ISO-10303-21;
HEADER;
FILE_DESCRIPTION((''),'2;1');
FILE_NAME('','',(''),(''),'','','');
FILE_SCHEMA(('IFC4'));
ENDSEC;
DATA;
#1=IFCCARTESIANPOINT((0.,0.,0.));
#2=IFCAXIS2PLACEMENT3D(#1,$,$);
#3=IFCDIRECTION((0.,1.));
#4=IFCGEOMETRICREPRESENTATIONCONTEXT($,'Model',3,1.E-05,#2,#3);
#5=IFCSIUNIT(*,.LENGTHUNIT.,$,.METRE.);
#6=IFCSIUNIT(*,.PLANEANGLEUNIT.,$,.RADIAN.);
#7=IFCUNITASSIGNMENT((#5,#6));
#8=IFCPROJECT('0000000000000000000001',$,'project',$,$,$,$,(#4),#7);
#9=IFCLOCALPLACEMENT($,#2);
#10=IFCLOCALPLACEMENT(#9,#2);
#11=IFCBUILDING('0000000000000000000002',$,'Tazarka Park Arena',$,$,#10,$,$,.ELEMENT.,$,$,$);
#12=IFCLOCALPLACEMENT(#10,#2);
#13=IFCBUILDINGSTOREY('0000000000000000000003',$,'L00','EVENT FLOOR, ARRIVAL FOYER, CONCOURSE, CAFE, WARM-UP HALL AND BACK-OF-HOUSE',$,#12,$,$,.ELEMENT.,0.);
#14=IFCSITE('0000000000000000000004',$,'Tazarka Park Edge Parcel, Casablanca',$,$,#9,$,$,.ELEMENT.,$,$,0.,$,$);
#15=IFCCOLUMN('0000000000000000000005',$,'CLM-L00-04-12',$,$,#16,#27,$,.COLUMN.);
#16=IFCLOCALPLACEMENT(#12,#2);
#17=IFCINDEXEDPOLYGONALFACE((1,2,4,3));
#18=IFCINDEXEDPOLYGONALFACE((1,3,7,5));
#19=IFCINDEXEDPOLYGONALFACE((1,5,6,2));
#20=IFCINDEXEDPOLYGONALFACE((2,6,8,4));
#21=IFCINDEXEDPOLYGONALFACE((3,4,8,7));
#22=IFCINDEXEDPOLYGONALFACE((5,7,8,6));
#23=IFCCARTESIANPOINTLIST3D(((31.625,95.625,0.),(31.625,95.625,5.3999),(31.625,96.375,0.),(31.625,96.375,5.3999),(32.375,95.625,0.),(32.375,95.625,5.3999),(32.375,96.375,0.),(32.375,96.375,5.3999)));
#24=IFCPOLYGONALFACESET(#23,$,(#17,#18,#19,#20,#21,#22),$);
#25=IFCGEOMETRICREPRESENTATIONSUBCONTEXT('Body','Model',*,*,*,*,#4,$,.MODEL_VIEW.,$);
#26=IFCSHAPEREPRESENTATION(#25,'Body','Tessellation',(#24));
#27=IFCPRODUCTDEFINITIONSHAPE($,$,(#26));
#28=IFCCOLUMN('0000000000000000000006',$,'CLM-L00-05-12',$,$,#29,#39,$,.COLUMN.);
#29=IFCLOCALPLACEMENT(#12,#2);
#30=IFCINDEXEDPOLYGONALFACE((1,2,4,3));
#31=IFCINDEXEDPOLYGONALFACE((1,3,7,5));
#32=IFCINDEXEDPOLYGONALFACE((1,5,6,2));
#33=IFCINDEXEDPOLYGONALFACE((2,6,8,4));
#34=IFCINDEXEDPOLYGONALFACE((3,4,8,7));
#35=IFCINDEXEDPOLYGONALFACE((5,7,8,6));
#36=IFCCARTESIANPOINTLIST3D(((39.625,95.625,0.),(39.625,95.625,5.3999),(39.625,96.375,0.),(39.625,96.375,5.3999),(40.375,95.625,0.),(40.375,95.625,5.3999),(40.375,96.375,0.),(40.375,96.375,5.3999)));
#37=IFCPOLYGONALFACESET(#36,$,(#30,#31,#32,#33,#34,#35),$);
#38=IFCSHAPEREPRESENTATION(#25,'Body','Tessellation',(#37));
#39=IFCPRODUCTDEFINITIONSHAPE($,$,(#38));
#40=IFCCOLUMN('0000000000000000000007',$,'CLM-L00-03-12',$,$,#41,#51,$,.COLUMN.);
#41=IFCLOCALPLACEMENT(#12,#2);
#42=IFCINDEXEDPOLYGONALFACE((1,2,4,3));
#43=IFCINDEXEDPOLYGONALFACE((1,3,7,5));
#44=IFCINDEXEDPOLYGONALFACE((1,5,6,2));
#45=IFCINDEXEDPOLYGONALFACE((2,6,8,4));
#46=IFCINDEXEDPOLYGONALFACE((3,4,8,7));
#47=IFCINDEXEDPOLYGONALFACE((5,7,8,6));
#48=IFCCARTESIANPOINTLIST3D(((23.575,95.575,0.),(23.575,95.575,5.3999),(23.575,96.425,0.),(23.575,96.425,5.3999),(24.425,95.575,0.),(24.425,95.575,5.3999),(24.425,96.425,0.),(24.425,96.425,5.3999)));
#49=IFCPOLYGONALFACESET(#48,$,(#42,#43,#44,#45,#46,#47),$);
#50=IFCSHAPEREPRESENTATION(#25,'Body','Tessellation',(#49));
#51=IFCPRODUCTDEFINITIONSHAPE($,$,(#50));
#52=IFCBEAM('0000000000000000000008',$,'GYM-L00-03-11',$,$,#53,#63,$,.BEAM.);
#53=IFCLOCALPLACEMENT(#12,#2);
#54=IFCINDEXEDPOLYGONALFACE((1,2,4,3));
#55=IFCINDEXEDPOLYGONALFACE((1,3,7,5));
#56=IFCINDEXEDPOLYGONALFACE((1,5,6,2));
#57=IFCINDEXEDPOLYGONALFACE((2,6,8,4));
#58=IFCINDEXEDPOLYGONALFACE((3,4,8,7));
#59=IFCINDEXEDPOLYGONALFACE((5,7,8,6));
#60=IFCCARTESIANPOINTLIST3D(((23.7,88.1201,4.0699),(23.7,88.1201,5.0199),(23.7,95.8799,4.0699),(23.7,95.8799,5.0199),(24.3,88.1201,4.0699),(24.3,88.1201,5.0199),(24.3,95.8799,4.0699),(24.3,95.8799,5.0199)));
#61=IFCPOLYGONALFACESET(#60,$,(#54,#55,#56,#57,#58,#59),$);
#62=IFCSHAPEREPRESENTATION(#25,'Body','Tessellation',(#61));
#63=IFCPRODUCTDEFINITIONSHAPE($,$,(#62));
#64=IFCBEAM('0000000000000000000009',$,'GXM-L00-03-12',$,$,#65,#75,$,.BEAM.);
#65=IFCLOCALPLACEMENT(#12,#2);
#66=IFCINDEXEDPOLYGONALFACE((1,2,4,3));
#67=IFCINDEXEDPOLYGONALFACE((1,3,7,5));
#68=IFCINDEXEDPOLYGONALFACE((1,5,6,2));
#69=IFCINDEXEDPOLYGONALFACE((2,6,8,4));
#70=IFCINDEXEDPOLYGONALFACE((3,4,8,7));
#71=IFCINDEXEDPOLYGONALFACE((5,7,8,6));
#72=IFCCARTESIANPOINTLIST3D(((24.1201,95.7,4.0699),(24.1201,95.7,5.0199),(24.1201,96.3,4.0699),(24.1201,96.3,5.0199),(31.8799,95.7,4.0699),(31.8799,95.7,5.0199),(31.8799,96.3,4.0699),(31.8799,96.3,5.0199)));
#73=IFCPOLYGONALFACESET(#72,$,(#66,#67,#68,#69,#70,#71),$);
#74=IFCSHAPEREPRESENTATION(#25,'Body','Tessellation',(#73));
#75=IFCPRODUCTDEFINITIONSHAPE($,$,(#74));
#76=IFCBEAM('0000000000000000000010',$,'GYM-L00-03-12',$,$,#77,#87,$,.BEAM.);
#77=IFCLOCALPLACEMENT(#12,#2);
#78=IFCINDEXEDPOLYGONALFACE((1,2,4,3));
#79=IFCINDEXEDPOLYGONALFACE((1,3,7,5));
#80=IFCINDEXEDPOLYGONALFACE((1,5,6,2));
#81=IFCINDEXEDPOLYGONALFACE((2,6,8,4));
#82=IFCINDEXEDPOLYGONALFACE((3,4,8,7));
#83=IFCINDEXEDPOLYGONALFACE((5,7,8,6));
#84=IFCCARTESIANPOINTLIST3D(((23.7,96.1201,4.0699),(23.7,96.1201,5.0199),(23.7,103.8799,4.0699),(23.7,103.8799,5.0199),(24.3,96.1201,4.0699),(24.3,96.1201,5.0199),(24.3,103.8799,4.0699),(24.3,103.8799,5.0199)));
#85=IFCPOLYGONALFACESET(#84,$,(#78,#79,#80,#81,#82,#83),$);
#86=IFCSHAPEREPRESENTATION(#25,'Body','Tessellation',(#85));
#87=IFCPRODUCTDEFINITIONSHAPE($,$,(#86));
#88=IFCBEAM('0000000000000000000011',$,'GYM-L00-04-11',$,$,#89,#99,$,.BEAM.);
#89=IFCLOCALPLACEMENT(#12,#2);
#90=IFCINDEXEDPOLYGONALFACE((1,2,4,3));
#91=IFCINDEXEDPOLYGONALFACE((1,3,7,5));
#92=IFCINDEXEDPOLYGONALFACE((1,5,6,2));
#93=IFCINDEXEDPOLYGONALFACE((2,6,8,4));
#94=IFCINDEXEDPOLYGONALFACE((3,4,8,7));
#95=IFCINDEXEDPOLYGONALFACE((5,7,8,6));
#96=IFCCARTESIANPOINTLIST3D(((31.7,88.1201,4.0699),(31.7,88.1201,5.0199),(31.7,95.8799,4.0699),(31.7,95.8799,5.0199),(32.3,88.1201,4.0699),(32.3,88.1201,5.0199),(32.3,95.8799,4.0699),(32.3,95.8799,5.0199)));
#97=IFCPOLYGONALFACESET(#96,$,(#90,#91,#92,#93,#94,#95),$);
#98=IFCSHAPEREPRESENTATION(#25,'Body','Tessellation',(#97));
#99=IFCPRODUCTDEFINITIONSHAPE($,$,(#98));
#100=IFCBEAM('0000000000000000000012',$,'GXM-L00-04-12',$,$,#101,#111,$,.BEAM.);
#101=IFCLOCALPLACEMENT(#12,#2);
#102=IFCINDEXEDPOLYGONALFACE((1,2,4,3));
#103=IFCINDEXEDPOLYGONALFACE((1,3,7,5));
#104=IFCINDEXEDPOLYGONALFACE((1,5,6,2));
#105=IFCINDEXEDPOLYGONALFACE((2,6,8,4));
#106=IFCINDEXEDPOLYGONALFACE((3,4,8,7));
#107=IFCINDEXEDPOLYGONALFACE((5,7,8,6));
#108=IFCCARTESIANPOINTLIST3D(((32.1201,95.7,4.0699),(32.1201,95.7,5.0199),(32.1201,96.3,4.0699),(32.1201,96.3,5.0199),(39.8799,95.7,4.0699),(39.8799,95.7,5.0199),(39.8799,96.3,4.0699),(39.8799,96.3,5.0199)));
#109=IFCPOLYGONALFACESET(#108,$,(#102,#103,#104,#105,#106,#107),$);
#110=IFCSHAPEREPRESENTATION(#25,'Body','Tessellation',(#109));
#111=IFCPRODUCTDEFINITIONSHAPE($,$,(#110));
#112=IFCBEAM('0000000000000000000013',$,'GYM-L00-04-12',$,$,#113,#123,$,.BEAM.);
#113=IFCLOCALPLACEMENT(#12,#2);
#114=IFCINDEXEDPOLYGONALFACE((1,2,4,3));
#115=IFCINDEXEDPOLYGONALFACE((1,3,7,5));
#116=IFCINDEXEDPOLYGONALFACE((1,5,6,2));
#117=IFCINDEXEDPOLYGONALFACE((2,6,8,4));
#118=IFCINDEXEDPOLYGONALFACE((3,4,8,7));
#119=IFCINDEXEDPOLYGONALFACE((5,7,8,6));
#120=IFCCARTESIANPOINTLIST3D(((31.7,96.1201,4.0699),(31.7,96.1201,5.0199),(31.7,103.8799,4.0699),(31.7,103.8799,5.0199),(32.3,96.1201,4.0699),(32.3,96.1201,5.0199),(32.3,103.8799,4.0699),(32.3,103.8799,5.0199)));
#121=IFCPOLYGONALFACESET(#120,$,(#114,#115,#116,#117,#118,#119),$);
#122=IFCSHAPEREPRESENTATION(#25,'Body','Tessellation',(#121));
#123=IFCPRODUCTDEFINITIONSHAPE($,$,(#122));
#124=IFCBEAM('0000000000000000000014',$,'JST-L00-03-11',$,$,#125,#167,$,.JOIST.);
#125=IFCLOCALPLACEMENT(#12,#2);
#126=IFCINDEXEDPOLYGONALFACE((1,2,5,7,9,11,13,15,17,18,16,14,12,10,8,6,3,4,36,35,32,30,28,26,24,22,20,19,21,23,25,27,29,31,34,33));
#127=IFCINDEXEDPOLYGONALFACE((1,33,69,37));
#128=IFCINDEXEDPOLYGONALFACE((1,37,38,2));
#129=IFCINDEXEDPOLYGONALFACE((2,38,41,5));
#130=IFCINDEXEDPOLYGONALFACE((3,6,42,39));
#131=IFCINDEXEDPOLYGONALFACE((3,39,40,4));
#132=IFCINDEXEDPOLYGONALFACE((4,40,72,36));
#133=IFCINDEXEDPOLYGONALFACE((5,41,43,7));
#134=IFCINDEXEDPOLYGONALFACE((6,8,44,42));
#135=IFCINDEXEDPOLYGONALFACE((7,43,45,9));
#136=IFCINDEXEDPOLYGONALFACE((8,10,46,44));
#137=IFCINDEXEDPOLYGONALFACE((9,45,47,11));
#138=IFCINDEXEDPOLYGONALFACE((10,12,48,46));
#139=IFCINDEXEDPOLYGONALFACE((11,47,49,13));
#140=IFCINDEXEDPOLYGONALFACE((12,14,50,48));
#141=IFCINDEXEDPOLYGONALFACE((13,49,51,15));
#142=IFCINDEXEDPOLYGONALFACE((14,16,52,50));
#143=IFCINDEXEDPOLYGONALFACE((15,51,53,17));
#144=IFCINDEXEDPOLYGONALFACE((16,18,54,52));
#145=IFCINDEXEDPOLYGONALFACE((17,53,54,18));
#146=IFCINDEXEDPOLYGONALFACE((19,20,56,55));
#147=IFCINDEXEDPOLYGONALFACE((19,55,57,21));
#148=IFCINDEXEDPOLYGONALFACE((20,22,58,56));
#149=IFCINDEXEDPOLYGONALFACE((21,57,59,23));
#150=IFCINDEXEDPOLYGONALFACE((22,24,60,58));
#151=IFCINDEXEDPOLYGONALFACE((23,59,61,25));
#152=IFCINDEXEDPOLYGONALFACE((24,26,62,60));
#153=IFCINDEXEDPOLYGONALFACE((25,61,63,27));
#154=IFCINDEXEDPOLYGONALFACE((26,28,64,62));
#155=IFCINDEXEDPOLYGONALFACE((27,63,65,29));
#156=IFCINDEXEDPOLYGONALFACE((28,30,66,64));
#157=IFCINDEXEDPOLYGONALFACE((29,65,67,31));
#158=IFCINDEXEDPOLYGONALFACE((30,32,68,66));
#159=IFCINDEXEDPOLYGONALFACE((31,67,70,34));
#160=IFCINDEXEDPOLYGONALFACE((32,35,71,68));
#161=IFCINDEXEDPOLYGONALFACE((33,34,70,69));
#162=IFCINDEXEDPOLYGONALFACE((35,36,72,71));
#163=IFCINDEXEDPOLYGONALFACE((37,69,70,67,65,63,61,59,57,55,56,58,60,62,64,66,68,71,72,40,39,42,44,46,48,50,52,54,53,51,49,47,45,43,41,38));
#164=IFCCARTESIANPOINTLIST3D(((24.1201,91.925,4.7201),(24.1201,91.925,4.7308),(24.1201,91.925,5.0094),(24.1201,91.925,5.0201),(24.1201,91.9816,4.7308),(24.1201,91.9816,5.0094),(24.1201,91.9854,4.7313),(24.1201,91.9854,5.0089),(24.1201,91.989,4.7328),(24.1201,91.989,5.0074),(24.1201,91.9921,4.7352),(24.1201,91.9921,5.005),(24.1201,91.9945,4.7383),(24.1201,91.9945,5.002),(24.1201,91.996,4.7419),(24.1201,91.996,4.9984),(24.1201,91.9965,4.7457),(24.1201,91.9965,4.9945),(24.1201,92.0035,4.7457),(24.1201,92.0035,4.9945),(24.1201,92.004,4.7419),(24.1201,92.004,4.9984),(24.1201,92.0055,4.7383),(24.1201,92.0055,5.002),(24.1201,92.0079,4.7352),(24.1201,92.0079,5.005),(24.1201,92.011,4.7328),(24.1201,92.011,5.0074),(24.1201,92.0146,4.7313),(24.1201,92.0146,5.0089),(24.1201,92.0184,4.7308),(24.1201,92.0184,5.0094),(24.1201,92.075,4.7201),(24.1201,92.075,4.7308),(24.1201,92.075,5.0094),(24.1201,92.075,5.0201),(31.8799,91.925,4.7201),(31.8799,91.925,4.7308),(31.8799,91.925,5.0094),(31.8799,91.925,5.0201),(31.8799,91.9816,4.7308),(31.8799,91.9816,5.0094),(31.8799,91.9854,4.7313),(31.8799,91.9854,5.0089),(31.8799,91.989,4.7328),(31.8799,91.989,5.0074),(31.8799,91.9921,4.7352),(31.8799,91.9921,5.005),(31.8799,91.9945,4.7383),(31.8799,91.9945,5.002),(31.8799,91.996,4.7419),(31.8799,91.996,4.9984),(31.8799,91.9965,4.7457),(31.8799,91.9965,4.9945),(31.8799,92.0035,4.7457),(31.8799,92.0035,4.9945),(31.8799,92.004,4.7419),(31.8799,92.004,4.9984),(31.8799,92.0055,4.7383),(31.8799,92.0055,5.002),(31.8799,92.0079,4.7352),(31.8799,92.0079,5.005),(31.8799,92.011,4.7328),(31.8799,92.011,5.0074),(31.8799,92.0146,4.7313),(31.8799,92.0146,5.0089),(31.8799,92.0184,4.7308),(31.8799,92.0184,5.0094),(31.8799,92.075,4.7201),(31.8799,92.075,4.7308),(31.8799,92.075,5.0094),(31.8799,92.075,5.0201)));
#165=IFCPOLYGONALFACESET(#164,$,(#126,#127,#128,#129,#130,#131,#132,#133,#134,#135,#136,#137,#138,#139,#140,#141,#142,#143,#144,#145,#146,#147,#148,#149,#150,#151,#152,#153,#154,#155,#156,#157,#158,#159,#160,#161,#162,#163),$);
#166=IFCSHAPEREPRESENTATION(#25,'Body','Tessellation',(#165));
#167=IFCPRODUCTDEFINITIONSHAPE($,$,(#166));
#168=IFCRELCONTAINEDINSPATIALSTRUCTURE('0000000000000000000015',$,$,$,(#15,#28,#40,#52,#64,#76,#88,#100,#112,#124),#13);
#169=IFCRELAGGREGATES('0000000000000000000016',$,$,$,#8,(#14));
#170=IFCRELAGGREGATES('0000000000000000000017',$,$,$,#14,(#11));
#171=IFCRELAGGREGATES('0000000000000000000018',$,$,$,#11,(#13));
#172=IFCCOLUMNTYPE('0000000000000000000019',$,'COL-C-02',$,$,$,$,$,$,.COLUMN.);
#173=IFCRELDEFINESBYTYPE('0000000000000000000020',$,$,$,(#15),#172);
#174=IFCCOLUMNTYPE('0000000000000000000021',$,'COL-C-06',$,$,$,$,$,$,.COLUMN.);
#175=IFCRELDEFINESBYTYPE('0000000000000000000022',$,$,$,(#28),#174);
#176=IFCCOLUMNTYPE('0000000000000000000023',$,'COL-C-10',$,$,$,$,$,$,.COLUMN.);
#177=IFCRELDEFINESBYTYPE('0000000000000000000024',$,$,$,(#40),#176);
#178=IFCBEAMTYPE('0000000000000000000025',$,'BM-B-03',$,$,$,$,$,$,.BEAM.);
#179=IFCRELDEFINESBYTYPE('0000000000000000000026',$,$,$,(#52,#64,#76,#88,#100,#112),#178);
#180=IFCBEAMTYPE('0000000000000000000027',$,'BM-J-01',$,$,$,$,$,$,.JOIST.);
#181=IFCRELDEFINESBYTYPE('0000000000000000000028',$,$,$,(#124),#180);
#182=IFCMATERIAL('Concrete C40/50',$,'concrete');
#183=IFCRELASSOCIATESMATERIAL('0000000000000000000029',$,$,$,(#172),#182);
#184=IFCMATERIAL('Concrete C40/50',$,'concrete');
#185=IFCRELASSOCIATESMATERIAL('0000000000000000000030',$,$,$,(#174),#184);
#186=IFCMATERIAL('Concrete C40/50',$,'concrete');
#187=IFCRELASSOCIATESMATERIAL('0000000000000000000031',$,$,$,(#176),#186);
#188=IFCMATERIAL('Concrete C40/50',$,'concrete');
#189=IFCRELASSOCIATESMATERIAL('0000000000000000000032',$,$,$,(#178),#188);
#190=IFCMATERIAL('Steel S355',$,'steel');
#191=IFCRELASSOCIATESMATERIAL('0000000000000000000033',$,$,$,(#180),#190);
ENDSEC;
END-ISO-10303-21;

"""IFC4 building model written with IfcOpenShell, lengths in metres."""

from ifc_helpers import new_model, si_unit, direction, frame, origin, origin_2d, place, context, subcontext, project, spatial, rectangle, i_section, extrude, material, material_profile, profile_set, type_object, element, save


model = new_model("IFC4")

# Units and contexts
model_context = context("Model", 3, precision=1e-05, world=origin(), true_north=direction((0.0, 1.0)))
body_context = subcontext(model_context, "Body", "Model", "MODEL_VIEW")
ifc_project = project(units=[si_unit("LENGTHUNIT", "METRE"), si_unit("PLANEANGLEUNIT", "RADIAN")], contexts=[model_context])

# Site, building, storey
site_placement = place(None, origin())
site = spatial("IfcSite", under=ifc_project, at=site_placement, Name="Tazarka Park Edge Parcel, Casablanca", CompositionType="ELEMENT", RefElevation=0.0)
building_placement = place(site_placement, origin())
building = spatial("IfcBuilding", under=site, at=building_placement, Name="Tazarka Park Arena", CompositionType="ELEMENT")
storey_placement = place(building_placement, origin())
storey = spatial("IfcBuildingStorey", under=building, at=storey_placement, Name="L00", Description="EVENT FLOOR, ARRIVAL FOYER, CONCOURSE, CAFE, WARM-UP HALL AND BACK-OF-HOUSE", CompositionType="ELEMENT", Elevation=0.0)

# Columns
ifc_material_1 = material(Name="Concrete C40/50", Category="concrete")
ifc_material_profile_1 = material_profile(ifc_material_1, rectangle(XDim=0.75, YDim=0.75, at=origin_2d()), Name="Concrete C40/50")
ifc_profile_set_1 = profile_set([ifc_material_profile_1], Name="Concrete C40/50")
column_type_1 = type_object("IfcColumnType", Name="COL-C-02", PredefinedType="COLUMN", material=ifc_profile_set_1)
column_1_placement = place(storey_placement, frame((32.0, 96.0, 0.0), z_axis=(0.0, 0.0, 1.0), x_axis=(1.0, 0.0, 0.0)))
element("IfcColumn", 1, at=column_1_placement, inside=storey, type_object=column_type_1, Name="CLM-L00-04-12", PredefinedType="COLUMN", context=body_context, shape_type="SweptSolid", body=[
    extrude(rectangle(XDim=0.75, YDim=0.75, at=origin_2d()), origin(), (0.0, 0.0, 1.0), 5.3999),
])
ifc_material_2 = material(Name="Concrete C40/50", Category="concrete")
ifc_material_profile_2 = material_profile(ifc_material_2, rectangle(XDim=0.75, YDim=0.75, at=origin_2d()), Name="Concrete C40/50")
ifc_profile_set_2 = profile_set([ifc_material_profile_2], Name="Concrete C40/50")
column_type_2 = type_object("IfcColumnType", Name="COL-C-06", PredefinedType="COLUMN", material=ifc_profile_set_2)
column_2_placement = place(storey_placement, frame((40.0, 96.0, 0.0), z_axis=(0.0, 0.0, 1.0), x_axis=(1.0, 0.0, 0.0)))
element("IfcColumn", 2, at=column_2_placement, inside=storey, type_object=column_type_2, Name="CLM-L00-05-12", PredefinedType="COLUMN", context=body_context, shape_type="SweptSolid", body=[
    extrude(rectangle(XDim=0.75, YDim=0.75, at=origin_2d()), origin(), (0.0, 0.0, 1.0), 5.3999),
])
ifc_material_3 = material(Name="Concrete C40/50", Category="concrete")
ifc_material_profile_3 = material_profile(ifc_material_3, rectangle(XDim=0.8501, YDim=0.8501, at=origin_2d()), Name="Concrete C40/50")
ifc_profile_set_3 = profile_set([ifc_material_profile_3], Name="Concrete C40/50")
column_type_3 = type_object("IfcColumnType", Name="COL-C-10", PredefinedType="COLUMN", material=ifc_profile_set_3)
column_3_placement = place(storey_placement, frame((24.0, 96.0, 0.0), z_axis=(0.0, 0.0, 1.0), x_axis=(1.0, 0.0, 0.0)))
element("IfcColumn", 3, at=column_3_placement, inside=storey, type_object=column_type_3, Name="CLM-L00-03-12", PredefinedType="COLUMN", context=body_context, shape_type="SweptSolid", body=[
    extrude(rectangle(XDim=0.8501, YDim=0.8501, at=origin_2d()), origin(), (0.0, 0.0, 1.0), 5.3999),
])

# Beams
ifc_material_4 = material(Name="Concrete C40/50", Category="concrete")
ifc_material_profile_4 = material_profile(ifc_material_4, rectangle(XDim=0.6001, YDim=0.95, at=origin_2d()), Name="Concrete C40/50")
ifc_profile_set_4 = profile_set([ifc_material_profile_4], Name="Concrete C40/50")
beam_type_1 = type_object("IfcBeamType", Name="BM-B-03", PredefinedType="BEAM", material=ifc_profile_set_4)
for number, where, z_axis, x_axis, name in (
    (4, (24.0, 88.1201, 4.5449), (0.0, 1.0, 0.0), (-1.0, 0.0, 0.0), "GYM-L00-03-11"),
    (5, (24.1201, 96.0, 4.5449), (1.0, 0.0, 0.0), (0.0, 1.0, 0.0), "GXM-L00-03-12"),
    (6, (24.0, 96.1201, 4.5449), (0.0, 1.0, 0.0), (-1.0, 0.0, 0.0), "GYM-L00-03-12"),
    (7, (32.0, 88.1201, 4.5449), (0.0, 1.0, 0.0), (-1.0, 0.0, 0.0), "GYM-L00-04-11"),
    (8, (32.1201, 96.0, 4.5449), (1.0, 0.0, 0.0), (0.0, 1.0, 0.0), "GXM-L00-04-12"),
    (9, (32.0, 96.1201, 4.5449), (0.0, 1.0, 0.0), (-1.0, 0.0, 0.0), "GYM-L00-04-12"),
):
    element("IfcBeam", number, at=place(storey_placement, frame(where, z_axis=z_axis, x_axis=x_axis)), inside=storey, type_object=beam_type_1, Name=name, PredefinedType="BEAM", context=body_context, shape_type="SweptSolid", body=[
        extrude(rectangle(XDim=0.6001, YDim=0.95, at=origin_2d()), origin(), (0.0, 0.0, 1.0), 7.7598),
    ])
ifc_material_5 = material(Name="Steel S355", Category="steel")
ifc_material_profile_5 = material_profile(ifc_material_5, i_section(OverallWidth=0.1499, OverallDepth=0.3, WebThickness=0.0071, FlangeThickness=0.0107, FilletRadius=0.0149, at=origin_2d()), Name="Steel S355")
ifc_profile_set_5 = profile_set([ifc_material_profile_5], Name="Steel S355")
beam_type_2 = type_object("IfcBeamType", Name="BM-J-01", PredefinedType="JOIST", material=ifc_profile_set_5)
beam_1_placement = place(storey_placement, frame((24.1201, 92.0, 4.8701), z_axis=(1.0, 0.0, 0.0), x_axis=(0.0, 1.0, 0.0)))
element("IfcBeam", 10, at=beam_1_placement, inside=storey, type_object=beam_type_2, Name="JST-L00-03-11", PredefinedType="JOIST", context=body_context, shape_type="SweptSolid", body=[
    extrude(i_section(OverallWidth=0.1499, OverallDepth=0.3, WebThickness=0.0071, FlangeThickness=0.0107, FilletRadius=0.0149, at=origin_2d()), origin(), (0.0, 0.0, 1.0), 7.7598),
])

save(model, "model.ifc")
